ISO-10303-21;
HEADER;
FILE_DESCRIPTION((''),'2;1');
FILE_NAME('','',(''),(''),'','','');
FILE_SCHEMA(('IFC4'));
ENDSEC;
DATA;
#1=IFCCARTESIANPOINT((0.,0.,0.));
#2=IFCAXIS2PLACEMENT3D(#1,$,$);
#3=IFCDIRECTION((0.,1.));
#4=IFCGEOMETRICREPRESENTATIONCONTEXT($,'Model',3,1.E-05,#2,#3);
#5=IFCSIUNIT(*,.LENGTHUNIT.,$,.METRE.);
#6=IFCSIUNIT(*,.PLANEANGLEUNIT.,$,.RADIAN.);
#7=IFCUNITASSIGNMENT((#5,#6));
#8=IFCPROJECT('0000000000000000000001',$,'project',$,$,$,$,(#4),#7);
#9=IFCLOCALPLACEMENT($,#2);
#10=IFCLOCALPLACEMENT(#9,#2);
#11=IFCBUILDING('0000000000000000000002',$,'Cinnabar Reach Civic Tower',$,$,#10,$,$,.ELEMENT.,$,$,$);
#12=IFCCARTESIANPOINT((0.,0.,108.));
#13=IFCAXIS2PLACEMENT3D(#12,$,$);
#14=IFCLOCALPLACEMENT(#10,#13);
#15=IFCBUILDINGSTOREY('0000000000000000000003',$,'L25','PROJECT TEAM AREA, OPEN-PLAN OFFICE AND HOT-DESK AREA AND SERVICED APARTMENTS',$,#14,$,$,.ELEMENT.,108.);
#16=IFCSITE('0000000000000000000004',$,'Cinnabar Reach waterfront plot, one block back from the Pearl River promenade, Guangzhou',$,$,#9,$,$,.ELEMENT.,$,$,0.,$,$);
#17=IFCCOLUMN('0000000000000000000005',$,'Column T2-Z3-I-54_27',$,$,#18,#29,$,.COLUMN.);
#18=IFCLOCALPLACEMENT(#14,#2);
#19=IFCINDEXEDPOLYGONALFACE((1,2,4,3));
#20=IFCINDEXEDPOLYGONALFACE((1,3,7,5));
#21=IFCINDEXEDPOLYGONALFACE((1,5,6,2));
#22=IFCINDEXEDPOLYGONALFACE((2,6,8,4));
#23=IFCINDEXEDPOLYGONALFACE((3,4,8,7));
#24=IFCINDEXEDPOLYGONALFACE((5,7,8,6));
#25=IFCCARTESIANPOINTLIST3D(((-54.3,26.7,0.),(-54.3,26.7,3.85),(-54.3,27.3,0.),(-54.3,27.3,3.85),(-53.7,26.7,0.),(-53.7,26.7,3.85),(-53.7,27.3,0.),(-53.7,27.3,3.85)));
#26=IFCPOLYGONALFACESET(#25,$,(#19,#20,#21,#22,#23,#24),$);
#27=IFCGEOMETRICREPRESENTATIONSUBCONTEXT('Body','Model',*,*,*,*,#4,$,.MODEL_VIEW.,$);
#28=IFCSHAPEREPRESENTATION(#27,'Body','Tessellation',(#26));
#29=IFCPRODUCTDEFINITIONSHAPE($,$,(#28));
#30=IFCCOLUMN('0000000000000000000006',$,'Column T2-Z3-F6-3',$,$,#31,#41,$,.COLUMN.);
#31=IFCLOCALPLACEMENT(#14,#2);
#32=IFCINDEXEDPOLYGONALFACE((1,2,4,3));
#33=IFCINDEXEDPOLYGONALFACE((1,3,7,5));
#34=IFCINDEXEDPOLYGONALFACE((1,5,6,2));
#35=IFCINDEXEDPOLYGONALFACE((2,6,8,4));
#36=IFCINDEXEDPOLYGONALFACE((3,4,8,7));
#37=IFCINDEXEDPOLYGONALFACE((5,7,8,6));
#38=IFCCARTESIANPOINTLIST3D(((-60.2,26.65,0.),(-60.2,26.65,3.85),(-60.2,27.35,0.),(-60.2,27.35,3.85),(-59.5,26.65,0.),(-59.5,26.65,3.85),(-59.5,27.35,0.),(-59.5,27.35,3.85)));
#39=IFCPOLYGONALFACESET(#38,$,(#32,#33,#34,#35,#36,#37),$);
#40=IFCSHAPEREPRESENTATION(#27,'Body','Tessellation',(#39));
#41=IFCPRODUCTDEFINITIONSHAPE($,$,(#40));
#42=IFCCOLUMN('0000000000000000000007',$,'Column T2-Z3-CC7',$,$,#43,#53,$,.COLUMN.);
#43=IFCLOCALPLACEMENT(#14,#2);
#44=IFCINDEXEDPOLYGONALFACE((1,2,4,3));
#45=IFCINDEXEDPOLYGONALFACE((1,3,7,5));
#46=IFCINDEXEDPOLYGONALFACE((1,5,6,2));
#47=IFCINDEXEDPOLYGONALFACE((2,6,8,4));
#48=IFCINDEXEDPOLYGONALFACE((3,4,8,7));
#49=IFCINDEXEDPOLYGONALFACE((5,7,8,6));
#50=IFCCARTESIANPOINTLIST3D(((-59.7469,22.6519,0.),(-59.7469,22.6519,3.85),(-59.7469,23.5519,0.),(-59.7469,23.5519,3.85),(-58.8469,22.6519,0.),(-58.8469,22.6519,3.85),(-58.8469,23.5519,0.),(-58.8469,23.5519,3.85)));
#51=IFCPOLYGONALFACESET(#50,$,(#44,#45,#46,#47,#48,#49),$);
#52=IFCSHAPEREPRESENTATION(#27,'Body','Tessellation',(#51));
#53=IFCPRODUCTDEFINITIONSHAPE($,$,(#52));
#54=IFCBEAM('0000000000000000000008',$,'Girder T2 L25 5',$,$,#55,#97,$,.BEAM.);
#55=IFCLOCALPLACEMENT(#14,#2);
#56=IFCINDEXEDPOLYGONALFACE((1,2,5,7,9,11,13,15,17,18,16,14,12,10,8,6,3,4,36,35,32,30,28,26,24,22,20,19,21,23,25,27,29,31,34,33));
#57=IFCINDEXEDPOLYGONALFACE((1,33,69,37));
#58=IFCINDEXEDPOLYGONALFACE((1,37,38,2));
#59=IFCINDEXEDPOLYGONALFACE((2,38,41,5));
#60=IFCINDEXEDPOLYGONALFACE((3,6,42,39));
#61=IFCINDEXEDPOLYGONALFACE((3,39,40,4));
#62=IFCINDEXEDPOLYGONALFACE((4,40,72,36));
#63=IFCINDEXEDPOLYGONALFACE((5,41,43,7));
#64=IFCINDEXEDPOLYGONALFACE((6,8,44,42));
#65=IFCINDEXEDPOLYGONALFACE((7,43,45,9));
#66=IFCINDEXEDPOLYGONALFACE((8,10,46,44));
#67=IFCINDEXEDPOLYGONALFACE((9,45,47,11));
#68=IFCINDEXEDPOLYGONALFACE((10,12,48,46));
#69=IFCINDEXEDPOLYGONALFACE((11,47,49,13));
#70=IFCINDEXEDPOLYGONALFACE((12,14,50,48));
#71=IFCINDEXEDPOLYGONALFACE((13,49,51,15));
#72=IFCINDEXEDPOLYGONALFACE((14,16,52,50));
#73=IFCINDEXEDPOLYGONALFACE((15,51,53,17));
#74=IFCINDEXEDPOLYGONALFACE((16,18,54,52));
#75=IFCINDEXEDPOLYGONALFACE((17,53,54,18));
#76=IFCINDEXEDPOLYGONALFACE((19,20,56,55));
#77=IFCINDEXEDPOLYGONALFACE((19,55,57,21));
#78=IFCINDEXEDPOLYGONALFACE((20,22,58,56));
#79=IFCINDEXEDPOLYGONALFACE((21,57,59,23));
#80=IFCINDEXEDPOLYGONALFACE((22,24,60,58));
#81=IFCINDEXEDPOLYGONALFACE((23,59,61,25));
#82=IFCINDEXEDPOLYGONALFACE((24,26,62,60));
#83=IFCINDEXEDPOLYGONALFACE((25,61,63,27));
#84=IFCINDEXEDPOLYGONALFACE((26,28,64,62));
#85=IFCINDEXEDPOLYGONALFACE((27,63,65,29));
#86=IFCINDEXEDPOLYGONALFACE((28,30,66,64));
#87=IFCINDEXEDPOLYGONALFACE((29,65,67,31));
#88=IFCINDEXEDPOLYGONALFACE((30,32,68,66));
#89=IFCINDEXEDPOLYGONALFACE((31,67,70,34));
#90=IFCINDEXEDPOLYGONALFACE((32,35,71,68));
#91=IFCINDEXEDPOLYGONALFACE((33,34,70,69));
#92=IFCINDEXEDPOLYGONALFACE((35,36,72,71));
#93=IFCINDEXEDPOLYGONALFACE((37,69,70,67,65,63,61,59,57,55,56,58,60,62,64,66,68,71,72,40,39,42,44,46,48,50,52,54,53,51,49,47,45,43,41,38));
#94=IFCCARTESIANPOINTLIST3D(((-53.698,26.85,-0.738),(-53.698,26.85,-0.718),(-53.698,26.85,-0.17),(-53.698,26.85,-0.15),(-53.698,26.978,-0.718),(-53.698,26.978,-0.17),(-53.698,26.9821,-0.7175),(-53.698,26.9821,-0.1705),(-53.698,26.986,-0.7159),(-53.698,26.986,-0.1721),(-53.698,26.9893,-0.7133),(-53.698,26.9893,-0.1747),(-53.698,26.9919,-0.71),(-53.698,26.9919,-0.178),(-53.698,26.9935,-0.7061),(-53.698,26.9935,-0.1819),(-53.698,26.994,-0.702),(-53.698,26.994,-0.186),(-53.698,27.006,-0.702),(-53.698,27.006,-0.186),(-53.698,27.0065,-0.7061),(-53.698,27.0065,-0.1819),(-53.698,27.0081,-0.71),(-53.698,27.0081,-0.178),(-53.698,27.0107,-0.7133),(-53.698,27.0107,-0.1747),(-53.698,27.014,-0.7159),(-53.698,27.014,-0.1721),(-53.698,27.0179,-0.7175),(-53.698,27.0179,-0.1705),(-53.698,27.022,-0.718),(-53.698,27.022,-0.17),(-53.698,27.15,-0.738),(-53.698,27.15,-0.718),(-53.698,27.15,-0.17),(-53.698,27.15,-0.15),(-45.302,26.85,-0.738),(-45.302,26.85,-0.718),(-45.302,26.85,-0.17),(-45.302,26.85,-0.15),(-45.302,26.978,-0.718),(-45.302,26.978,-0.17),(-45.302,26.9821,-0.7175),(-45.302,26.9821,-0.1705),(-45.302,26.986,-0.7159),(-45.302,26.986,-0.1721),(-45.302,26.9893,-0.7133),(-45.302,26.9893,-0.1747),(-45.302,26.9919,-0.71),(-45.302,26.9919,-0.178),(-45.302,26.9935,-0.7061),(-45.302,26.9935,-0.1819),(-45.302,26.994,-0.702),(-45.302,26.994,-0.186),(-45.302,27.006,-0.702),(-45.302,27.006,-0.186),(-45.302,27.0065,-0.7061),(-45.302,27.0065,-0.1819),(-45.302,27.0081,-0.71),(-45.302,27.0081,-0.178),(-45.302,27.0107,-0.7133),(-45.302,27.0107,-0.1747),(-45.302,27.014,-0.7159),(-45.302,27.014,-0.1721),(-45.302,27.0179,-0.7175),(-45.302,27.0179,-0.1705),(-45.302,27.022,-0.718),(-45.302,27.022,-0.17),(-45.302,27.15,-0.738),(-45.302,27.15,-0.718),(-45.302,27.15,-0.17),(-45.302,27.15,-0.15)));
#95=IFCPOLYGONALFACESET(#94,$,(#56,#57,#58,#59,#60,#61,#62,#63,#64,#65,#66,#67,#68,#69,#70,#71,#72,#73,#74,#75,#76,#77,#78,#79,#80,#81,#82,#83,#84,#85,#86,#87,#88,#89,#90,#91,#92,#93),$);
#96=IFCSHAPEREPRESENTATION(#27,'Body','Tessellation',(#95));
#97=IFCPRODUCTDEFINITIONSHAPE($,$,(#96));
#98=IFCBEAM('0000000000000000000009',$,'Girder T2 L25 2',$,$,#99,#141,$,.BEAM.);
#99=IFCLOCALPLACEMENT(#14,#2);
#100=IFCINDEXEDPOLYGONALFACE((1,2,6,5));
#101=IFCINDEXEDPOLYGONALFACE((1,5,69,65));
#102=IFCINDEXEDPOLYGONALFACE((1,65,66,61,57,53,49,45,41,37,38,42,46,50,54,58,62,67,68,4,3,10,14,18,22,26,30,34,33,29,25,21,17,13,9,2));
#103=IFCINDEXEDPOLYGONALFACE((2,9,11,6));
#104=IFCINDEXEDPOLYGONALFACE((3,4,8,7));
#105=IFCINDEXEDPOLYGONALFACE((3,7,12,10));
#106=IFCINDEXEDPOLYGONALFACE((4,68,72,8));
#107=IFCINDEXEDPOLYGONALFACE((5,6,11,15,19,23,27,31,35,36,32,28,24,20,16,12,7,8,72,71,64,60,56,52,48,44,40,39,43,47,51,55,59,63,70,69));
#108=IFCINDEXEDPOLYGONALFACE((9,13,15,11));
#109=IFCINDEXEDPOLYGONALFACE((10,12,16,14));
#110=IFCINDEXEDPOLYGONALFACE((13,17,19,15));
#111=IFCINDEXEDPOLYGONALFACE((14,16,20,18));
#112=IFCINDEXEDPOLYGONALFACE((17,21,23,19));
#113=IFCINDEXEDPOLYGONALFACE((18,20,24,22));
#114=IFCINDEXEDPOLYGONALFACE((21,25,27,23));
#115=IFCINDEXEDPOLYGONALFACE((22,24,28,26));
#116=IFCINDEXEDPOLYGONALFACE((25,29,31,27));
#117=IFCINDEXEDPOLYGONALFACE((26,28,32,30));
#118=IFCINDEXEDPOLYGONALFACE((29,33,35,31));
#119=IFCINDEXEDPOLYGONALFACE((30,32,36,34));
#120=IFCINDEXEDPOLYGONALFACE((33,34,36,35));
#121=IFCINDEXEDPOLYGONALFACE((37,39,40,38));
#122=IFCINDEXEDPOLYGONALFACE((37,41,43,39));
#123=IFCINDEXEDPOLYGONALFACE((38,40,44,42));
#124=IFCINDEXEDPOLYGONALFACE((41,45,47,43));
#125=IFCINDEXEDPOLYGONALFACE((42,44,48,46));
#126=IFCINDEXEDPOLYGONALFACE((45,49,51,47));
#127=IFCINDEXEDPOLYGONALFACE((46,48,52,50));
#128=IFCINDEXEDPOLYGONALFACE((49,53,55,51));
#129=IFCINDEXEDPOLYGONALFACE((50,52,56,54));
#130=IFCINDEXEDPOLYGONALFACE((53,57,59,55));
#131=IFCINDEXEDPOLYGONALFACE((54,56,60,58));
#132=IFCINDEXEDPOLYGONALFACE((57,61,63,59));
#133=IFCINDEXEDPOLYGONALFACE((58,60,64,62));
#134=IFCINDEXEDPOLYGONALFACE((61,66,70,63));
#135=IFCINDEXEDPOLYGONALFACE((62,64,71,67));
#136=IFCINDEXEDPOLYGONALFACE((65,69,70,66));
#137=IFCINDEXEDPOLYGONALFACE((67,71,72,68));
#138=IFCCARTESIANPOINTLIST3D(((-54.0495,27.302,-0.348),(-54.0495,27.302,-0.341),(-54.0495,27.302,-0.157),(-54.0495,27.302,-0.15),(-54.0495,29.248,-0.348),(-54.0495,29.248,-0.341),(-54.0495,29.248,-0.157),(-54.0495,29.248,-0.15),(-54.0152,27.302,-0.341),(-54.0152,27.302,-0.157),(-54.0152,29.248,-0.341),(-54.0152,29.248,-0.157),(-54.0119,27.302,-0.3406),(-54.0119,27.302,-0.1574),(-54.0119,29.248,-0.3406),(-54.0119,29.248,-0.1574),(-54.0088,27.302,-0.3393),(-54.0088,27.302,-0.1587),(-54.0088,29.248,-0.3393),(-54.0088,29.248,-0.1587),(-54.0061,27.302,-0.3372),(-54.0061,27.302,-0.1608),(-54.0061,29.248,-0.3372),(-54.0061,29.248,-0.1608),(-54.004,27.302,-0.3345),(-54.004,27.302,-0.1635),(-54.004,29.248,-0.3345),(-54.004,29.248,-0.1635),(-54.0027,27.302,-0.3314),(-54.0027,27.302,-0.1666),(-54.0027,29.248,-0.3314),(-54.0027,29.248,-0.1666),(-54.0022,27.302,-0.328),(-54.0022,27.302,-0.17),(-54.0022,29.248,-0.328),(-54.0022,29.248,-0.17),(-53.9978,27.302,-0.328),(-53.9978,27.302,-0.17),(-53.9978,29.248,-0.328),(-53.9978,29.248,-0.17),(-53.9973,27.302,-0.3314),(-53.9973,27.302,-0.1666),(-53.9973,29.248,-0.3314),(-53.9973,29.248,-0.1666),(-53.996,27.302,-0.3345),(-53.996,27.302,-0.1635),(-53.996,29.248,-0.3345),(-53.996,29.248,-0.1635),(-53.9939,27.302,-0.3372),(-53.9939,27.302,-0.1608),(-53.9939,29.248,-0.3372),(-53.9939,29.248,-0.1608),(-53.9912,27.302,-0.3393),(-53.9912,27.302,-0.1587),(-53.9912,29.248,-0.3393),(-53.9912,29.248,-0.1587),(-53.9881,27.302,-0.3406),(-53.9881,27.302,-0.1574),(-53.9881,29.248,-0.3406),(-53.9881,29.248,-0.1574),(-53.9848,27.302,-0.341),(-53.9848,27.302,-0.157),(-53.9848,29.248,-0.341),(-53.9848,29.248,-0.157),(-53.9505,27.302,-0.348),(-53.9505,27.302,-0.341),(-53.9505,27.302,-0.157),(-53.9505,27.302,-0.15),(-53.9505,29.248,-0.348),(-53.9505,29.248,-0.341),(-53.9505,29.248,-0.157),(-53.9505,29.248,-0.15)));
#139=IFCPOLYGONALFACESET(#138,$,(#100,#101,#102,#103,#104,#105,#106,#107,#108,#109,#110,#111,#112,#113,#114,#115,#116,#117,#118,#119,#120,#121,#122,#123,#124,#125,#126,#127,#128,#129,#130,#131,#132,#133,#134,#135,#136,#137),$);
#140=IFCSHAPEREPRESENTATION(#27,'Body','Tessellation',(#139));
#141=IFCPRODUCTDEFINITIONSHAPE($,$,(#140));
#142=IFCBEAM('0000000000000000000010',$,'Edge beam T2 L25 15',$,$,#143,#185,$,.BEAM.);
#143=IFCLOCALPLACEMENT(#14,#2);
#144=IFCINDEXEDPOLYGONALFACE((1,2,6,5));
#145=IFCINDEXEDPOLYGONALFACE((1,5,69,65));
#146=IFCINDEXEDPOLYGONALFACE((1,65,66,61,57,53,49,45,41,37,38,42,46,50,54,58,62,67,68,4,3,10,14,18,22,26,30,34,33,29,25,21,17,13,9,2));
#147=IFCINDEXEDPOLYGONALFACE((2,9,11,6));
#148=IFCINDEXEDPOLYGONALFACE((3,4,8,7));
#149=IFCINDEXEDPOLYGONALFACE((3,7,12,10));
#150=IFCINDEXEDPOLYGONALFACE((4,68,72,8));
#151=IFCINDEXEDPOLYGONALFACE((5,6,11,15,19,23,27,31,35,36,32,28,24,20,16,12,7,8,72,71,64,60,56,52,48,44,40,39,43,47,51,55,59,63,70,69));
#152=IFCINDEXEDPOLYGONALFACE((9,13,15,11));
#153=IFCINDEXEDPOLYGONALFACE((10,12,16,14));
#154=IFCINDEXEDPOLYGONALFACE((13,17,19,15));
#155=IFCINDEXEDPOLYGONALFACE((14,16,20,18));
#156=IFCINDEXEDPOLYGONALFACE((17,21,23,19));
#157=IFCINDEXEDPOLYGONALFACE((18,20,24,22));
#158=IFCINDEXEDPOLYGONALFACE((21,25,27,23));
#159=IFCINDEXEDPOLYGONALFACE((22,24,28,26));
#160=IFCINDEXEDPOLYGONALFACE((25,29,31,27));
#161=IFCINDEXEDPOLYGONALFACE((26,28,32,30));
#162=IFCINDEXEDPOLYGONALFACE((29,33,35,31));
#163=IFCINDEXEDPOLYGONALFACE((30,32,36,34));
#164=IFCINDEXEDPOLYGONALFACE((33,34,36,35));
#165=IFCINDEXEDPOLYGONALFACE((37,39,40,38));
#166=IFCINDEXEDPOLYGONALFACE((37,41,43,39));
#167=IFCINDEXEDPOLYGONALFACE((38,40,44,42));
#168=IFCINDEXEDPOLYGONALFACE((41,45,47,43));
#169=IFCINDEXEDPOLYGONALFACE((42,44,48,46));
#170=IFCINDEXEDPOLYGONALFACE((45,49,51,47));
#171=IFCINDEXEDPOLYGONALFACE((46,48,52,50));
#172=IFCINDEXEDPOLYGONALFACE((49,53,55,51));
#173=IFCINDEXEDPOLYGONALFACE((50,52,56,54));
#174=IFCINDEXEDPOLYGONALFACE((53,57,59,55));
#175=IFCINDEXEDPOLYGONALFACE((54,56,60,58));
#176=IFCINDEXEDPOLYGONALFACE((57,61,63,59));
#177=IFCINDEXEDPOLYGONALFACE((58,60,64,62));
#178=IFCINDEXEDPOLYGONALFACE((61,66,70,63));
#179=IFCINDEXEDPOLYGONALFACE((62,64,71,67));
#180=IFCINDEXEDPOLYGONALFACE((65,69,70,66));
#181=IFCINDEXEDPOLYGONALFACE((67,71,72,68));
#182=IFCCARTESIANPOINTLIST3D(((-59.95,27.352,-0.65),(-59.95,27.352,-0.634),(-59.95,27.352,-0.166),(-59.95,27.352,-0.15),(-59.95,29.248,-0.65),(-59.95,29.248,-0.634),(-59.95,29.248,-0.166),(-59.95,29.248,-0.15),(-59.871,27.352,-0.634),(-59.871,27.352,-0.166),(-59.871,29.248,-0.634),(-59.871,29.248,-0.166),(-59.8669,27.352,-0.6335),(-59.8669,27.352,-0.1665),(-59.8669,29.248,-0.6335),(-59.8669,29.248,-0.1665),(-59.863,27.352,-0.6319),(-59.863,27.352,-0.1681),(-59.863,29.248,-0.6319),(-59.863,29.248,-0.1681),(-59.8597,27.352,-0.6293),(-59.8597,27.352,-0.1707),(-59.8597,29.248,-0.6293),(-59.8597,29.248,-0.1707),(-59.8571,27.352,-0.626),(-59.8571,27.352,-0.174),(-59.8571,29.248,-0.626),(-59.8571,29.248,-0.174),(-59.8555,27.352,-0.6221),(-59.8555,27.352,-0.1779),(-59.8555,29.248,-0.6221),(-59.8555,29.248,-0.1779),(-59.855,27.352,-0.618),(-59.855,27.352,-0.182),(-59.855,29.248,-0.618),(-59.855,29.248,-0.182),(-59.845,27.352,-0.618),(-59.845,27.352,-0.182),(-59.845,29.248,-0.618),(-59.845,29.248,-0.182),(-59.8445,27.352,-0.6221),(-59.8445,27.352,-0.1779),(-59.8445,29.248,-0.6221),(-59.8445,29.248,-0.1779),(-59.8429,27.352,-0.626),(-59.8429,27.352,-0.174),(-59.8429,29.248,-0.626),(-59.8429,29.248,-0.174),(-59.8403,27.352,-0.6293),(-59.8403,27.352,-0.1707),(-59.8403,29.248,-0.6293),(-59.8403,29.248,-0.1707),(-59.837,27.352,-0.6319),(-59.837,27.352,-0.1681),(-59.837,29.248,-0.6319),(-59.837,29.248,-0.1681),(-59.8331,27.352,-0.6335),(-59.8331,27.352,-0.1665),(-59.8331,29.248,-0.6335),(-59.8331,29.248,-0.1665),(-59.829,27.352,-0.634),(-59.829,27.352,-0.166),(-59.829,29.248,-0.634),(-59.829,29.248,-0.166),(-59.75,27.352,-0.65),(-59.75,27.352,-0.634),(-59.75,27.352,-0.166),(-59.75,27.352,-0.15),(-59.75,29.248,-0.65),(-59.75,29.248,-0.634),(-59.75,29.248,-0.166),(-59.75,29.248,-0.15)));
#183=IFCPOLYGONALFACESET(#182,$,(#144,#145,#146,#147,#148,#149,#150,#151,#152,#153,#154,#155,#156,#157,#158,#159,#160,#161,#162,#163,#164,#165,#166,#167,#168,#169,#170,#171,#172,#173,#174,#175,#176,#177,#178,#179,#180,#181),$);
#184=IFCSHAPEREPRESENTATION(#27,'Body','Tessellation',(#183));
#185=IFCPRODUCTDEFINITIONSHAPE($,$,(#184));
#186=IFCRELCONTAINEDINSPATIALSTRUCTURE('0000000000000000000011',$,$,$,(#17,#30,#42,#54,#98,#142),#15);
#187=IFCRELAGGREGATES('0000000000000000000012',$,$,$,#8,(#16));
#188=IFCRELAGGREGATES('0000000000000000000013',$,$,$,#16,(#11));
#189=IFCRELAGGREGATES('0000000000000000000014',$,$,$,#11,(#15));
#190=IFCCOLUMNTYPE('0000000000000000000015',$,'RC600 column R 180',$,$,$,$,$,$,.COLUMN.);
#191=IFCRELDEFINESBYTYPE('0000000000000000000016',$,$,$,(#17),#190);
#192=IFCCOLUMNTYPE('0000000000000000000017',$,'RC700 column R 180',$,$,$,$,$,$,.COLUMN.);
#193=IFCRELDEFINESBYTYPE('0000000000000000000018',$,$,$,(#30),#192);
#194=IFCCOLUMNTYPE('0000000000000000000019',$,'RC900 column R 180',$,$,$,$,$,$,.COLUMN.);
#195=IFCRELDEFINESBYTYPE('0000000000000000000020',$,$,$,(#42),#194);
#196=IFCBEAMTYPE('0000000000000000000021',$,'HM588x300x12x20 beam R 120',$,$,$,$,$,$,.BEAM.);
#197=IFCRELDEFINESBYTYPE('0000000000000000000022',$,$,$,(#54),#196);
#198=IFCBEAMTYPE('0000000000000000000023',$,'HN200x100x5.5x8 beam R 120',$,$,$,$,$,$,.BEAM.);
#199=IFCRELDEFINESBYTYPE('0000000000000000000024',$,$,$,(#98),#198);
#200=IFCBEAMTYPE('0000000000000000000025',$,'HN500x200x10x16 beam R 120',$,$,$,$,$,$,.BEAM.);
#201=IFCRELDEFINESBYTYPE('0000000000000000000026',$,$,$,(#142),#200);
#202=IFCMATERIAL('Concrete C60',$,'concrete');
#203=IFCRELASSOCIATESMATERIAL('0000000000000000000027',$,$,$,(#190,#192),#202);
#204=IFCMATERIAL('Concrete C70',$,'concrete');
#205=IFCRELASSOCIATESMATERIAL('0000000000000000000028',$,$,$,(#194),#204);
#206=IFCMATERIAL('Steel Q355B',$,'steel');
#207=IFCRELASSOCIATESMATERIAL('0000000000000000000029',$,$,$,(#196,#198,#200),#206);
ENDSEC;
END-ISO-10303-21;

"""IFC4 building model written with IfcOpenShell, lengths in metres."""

from ifc_helpers import new_model, si_unit, direction, frame, origin, origin_2d, place, context, subcontext, project, spatial, rectangle, i_section, extrude, material, material_profile, profile_set, type_object, element, save


model = new_model("IFC4")

# Units and contexts
model_context = context("Model", 3, precision=1e-05, world=origin(), true_north=direction((0.0, 1.0)))
body_context = subcontext(model_context, "Body", "Model", "MODEL_VIEW")
ifc_project = project(units=[si_unit("LENGTHUNIT", "METRE"), si_unit("PLANEANGLEUNIT", "RADIAN")], contexts=[model_context])

# Site, building, storey
site_placement = place(None, origin())
site = spatial("IfcSite", under=ifc_project, at=site_placement, Name="Cinnabar Reach waterfront plot, one block back from the Pearl River promenade, Guangzhou", CompositionType="ELEMENT", RefElevation=0.0)
building_placement = place(site_placement, origin())
building = spatial("IfcBuilding", under=site, at=building_placement, Name="Cinnabar Reach Civic Tower", CompositionType="ELEMENT")
storey_placement = place(building_placement, frame((0.0, 0.0, 108.0)))
storey = spatial("IfcBuildingStorey", under=building, at=storey_placement, Name="L25", Description="PROJECT TEAM AREA, OPEN-PLAN OFFICE AND HOT-DESK AREA AND SERVICED APARTMENTS", CompositionType="ELEMENT", Elevation=108.0)

# Columns
ifc_material_1 = material(Name="Concrete C60", Category="concrete")
ifc_material_profile_1 = material_profile(ifc_material_1, rectangle(XDim=0.6, YDim=0.6, at=origin_2d()), Name="RC600")
ifc_profile_set_1 = profile_set([ifc_material_profile_1], Name="Concrete C60")
column_type_1 = type_object("IfcColumnType", Name="RC600 column R 180", PredefinedType="COLUMN", material=ifc_profile_set_1)
column_1_placement = place(storey_placement, frame((-54.0, 27.0, 0.0), z_axis=(0.0, 0.0, 1.0), x_axis=(1.0, 0.0, 0.0)))
element("IfcColumn", 1, at=column_1_placement, inside=storey, type_object=column_type_1, Name="Column T2-Z3-I-54_27", PredefinedType="COLUMN", context=body_context, shape_type="SweptSolid", body=[
    extrude(rectangle(XDim=0.6, YDim=0.6, at=origin_2d()), origin(), (0.0, 0.0, 1.0), 3.85),
])
ifc_material_profile_2 = material_profile(ifc_material_1, rectangle(XDim=0.7, YDim=0.7, at=origin_2d()), Name="RC700")
ifc_profile_set_2 = profile_set([ifc_material_profile_2], Name="Concrete C60")
column_type_2 = type_object("IfcColumnType", Name="RC700 column R 180", PredefinedType="COLUMN", material=ifc_profile_set_2)
column_2_placement = place(storey_placement, frame((-59.85, 27.0, 0.0), z_axis=(0.0, 0.0, 1.0), x_axis=(1.0, 0.0, 0.0)))
element("IfcColumn", 2, at=column_2_placement, inside=storey, type_object=column_type_2, Name="Column T2-Z3-F6-3", PredefinedType="COLUMN", context=body_context, shape_type="SweptSolid", body=[
    extrude(rectangle(XDim=0.7, YDim=0.7, at=origin_2d()), origin(), (0.0, 0.0, 1.0), 3.85),
])
ifc_material_2 = material(Name="Concrete C70", Category="concrete")
ifc_material_profile_3 = material_profile(ifc_material_2, rectangle(XDim=0.9, YDim=0.9, at=origin_2d()), Name="RC900")
ifc_profile_set_3 = profile_set([ifc_material_profile_3], Name="Concrete C70")
column_type_3 = type_object("IfcColumnType", Name="RC900 column R 180", PredefinedType="COLUMN", material=ifc_profile_set_3)
column_3_placement = place(storey_placement, frame((-59.2969, 23.1019, 0.0), z_axis=(0.0, 0.0, 1.0), x_axis=(1.0, 0.0, 0.0)))
element("IfcColumn", 3, at=column_3_placement, inside=storey, type_object=column_type_3, Name="Column T2-Z3-CC7", PredefinedType="COLUMN", context=body_context, shape_type="SweptSolid", body=[
    extrude(rectangle(XDim=0.9, YDim=0.9, at=origin_2d()), origin(), (0.0, 0.0, 1.0), 3.85),
])

# Beams
ifc_material_3 = material(Name="Steel Q355B", Category="steel")
ifc_material_profile_4 = material_profile(ifc_material_3, i_section(OverallWidth=0.3, OverallDepth=0.588, WebThickness=0.012, FlangeThickness=0.02, FilletRadius=0.016, at=origin_2d()), Name="HM588x300x12x20")
ifc_profile_set_4 = profile_set([ifc_material_profile_4], Name="Steel Q355B")
beam_type_1 = type_object("IfcBeamType", Name="HM588x300x12x20 beam R 120", PredefinedType="BEAM", material=ifc_profile_set_4)
beam_1_placement = place(storey_placement, frame((-53.698, 27.0, -0.444), z_axis=(1.0, 0.0, 0.0), x_axis=(0.0, 1.0, 0.0)))
element("IfcBeam", 4, at=beam_1_placement, inside=storey, type_object=beam_type_1, Name="Girder T2 L25 5", PredefinedType="BEAM", context=body_context, shape_type="SweptSolid", body=[
    extrude(i_section(OverallWidth=0.3, OverallDepth=0.588, WebThickness=0.012, FlangeThickness=0.02, FilletRadius=0.016, at=origin_2d()), origin(), (0.0, 0.0, 1.0), 8.396),
])
ifc_material_profile_5 = material_profile(ifc_material_3, i_section(OverallWidth=0.099, OverallDepth=0.198, WebThickness=0.0045, FlangeThickness=0.007, FilletRadius=0.013, at=origin_2d()), Name="HN200x100x5.5x8")
ifc_profile_set_5 = profile_set([ifc_material_profile_5], Name="Steel Q355B")
beam_type_2 = type_object("IfcBeamType", Name="HN200x100x5.5x8 beam R 120", PredefinedType="BEAM", material=ifc_profile_set_5)
beam_2_placement = place(storey_placement, frame((-54.0, 27.302, -0.249), z_axis=(0.0, 1.0, 0.0), x_axis=(-1.0, 0.0, 0.0)))
element("IfcBeam", 5, at=beam_2_placement, inside=storey, type_object=beam_type_2, Name="Girder T2 L25 2", PredefinedType="BEAM", context=body_context, shape_type="SweptSolid", body=[
    extrude(i_section(OverallWidth=0.099, OverallDepth=0.198, WebThickness=0.0045, FlangeThickness=0.007, FilletRadius=0.013, at=origin_2d()), origin(), (0.0, 0.0, 1.0), 1.946),
])
ifc_material_profile_6 = material_profile(ifc_material_3, i_section(OverallWidth=0.2, OverallDepth=0.5, WebThickness=0.01, FlangeThickness=0.016, FilletRadius=0.016, at=origin_2d()), Name="HN500x200x10x16")
ifc_profile_set_6 = profile_set([ifc_material_profile_6], Name="Steel Q355B")
beam_type_3 = type_object("IfcBeamType", Name="HN500x200x10x16 beam R 120", PredefinedType="BEAM", material=ifc_profile_set_6)
beam_3_placement = place(storey_placement, frame((-59.85, 29.248, -0.4), z_axis=(0.0, -1.0, 0.0), x_axis=(1.0, 0.0, 0.0)))
element("IfcBeam", 6, at=beam_3_placement, inside=storey, type_object=beam_type_3, Name="Edge beam T2 L25 15", PredefinedType="BEAM", context=body_context, shape_type="SweptSolid", body=[
    extrude(i_section(OverallWidth=0.2, OverallDepth=0.5, WebThickness=0.01, FlangeThickness=0.016, FilletRadius=0.016, at=origin_2d()), origin(), (0.0, 0.0, 1.0), 1.896),
])

save(model, "model.ifc")
